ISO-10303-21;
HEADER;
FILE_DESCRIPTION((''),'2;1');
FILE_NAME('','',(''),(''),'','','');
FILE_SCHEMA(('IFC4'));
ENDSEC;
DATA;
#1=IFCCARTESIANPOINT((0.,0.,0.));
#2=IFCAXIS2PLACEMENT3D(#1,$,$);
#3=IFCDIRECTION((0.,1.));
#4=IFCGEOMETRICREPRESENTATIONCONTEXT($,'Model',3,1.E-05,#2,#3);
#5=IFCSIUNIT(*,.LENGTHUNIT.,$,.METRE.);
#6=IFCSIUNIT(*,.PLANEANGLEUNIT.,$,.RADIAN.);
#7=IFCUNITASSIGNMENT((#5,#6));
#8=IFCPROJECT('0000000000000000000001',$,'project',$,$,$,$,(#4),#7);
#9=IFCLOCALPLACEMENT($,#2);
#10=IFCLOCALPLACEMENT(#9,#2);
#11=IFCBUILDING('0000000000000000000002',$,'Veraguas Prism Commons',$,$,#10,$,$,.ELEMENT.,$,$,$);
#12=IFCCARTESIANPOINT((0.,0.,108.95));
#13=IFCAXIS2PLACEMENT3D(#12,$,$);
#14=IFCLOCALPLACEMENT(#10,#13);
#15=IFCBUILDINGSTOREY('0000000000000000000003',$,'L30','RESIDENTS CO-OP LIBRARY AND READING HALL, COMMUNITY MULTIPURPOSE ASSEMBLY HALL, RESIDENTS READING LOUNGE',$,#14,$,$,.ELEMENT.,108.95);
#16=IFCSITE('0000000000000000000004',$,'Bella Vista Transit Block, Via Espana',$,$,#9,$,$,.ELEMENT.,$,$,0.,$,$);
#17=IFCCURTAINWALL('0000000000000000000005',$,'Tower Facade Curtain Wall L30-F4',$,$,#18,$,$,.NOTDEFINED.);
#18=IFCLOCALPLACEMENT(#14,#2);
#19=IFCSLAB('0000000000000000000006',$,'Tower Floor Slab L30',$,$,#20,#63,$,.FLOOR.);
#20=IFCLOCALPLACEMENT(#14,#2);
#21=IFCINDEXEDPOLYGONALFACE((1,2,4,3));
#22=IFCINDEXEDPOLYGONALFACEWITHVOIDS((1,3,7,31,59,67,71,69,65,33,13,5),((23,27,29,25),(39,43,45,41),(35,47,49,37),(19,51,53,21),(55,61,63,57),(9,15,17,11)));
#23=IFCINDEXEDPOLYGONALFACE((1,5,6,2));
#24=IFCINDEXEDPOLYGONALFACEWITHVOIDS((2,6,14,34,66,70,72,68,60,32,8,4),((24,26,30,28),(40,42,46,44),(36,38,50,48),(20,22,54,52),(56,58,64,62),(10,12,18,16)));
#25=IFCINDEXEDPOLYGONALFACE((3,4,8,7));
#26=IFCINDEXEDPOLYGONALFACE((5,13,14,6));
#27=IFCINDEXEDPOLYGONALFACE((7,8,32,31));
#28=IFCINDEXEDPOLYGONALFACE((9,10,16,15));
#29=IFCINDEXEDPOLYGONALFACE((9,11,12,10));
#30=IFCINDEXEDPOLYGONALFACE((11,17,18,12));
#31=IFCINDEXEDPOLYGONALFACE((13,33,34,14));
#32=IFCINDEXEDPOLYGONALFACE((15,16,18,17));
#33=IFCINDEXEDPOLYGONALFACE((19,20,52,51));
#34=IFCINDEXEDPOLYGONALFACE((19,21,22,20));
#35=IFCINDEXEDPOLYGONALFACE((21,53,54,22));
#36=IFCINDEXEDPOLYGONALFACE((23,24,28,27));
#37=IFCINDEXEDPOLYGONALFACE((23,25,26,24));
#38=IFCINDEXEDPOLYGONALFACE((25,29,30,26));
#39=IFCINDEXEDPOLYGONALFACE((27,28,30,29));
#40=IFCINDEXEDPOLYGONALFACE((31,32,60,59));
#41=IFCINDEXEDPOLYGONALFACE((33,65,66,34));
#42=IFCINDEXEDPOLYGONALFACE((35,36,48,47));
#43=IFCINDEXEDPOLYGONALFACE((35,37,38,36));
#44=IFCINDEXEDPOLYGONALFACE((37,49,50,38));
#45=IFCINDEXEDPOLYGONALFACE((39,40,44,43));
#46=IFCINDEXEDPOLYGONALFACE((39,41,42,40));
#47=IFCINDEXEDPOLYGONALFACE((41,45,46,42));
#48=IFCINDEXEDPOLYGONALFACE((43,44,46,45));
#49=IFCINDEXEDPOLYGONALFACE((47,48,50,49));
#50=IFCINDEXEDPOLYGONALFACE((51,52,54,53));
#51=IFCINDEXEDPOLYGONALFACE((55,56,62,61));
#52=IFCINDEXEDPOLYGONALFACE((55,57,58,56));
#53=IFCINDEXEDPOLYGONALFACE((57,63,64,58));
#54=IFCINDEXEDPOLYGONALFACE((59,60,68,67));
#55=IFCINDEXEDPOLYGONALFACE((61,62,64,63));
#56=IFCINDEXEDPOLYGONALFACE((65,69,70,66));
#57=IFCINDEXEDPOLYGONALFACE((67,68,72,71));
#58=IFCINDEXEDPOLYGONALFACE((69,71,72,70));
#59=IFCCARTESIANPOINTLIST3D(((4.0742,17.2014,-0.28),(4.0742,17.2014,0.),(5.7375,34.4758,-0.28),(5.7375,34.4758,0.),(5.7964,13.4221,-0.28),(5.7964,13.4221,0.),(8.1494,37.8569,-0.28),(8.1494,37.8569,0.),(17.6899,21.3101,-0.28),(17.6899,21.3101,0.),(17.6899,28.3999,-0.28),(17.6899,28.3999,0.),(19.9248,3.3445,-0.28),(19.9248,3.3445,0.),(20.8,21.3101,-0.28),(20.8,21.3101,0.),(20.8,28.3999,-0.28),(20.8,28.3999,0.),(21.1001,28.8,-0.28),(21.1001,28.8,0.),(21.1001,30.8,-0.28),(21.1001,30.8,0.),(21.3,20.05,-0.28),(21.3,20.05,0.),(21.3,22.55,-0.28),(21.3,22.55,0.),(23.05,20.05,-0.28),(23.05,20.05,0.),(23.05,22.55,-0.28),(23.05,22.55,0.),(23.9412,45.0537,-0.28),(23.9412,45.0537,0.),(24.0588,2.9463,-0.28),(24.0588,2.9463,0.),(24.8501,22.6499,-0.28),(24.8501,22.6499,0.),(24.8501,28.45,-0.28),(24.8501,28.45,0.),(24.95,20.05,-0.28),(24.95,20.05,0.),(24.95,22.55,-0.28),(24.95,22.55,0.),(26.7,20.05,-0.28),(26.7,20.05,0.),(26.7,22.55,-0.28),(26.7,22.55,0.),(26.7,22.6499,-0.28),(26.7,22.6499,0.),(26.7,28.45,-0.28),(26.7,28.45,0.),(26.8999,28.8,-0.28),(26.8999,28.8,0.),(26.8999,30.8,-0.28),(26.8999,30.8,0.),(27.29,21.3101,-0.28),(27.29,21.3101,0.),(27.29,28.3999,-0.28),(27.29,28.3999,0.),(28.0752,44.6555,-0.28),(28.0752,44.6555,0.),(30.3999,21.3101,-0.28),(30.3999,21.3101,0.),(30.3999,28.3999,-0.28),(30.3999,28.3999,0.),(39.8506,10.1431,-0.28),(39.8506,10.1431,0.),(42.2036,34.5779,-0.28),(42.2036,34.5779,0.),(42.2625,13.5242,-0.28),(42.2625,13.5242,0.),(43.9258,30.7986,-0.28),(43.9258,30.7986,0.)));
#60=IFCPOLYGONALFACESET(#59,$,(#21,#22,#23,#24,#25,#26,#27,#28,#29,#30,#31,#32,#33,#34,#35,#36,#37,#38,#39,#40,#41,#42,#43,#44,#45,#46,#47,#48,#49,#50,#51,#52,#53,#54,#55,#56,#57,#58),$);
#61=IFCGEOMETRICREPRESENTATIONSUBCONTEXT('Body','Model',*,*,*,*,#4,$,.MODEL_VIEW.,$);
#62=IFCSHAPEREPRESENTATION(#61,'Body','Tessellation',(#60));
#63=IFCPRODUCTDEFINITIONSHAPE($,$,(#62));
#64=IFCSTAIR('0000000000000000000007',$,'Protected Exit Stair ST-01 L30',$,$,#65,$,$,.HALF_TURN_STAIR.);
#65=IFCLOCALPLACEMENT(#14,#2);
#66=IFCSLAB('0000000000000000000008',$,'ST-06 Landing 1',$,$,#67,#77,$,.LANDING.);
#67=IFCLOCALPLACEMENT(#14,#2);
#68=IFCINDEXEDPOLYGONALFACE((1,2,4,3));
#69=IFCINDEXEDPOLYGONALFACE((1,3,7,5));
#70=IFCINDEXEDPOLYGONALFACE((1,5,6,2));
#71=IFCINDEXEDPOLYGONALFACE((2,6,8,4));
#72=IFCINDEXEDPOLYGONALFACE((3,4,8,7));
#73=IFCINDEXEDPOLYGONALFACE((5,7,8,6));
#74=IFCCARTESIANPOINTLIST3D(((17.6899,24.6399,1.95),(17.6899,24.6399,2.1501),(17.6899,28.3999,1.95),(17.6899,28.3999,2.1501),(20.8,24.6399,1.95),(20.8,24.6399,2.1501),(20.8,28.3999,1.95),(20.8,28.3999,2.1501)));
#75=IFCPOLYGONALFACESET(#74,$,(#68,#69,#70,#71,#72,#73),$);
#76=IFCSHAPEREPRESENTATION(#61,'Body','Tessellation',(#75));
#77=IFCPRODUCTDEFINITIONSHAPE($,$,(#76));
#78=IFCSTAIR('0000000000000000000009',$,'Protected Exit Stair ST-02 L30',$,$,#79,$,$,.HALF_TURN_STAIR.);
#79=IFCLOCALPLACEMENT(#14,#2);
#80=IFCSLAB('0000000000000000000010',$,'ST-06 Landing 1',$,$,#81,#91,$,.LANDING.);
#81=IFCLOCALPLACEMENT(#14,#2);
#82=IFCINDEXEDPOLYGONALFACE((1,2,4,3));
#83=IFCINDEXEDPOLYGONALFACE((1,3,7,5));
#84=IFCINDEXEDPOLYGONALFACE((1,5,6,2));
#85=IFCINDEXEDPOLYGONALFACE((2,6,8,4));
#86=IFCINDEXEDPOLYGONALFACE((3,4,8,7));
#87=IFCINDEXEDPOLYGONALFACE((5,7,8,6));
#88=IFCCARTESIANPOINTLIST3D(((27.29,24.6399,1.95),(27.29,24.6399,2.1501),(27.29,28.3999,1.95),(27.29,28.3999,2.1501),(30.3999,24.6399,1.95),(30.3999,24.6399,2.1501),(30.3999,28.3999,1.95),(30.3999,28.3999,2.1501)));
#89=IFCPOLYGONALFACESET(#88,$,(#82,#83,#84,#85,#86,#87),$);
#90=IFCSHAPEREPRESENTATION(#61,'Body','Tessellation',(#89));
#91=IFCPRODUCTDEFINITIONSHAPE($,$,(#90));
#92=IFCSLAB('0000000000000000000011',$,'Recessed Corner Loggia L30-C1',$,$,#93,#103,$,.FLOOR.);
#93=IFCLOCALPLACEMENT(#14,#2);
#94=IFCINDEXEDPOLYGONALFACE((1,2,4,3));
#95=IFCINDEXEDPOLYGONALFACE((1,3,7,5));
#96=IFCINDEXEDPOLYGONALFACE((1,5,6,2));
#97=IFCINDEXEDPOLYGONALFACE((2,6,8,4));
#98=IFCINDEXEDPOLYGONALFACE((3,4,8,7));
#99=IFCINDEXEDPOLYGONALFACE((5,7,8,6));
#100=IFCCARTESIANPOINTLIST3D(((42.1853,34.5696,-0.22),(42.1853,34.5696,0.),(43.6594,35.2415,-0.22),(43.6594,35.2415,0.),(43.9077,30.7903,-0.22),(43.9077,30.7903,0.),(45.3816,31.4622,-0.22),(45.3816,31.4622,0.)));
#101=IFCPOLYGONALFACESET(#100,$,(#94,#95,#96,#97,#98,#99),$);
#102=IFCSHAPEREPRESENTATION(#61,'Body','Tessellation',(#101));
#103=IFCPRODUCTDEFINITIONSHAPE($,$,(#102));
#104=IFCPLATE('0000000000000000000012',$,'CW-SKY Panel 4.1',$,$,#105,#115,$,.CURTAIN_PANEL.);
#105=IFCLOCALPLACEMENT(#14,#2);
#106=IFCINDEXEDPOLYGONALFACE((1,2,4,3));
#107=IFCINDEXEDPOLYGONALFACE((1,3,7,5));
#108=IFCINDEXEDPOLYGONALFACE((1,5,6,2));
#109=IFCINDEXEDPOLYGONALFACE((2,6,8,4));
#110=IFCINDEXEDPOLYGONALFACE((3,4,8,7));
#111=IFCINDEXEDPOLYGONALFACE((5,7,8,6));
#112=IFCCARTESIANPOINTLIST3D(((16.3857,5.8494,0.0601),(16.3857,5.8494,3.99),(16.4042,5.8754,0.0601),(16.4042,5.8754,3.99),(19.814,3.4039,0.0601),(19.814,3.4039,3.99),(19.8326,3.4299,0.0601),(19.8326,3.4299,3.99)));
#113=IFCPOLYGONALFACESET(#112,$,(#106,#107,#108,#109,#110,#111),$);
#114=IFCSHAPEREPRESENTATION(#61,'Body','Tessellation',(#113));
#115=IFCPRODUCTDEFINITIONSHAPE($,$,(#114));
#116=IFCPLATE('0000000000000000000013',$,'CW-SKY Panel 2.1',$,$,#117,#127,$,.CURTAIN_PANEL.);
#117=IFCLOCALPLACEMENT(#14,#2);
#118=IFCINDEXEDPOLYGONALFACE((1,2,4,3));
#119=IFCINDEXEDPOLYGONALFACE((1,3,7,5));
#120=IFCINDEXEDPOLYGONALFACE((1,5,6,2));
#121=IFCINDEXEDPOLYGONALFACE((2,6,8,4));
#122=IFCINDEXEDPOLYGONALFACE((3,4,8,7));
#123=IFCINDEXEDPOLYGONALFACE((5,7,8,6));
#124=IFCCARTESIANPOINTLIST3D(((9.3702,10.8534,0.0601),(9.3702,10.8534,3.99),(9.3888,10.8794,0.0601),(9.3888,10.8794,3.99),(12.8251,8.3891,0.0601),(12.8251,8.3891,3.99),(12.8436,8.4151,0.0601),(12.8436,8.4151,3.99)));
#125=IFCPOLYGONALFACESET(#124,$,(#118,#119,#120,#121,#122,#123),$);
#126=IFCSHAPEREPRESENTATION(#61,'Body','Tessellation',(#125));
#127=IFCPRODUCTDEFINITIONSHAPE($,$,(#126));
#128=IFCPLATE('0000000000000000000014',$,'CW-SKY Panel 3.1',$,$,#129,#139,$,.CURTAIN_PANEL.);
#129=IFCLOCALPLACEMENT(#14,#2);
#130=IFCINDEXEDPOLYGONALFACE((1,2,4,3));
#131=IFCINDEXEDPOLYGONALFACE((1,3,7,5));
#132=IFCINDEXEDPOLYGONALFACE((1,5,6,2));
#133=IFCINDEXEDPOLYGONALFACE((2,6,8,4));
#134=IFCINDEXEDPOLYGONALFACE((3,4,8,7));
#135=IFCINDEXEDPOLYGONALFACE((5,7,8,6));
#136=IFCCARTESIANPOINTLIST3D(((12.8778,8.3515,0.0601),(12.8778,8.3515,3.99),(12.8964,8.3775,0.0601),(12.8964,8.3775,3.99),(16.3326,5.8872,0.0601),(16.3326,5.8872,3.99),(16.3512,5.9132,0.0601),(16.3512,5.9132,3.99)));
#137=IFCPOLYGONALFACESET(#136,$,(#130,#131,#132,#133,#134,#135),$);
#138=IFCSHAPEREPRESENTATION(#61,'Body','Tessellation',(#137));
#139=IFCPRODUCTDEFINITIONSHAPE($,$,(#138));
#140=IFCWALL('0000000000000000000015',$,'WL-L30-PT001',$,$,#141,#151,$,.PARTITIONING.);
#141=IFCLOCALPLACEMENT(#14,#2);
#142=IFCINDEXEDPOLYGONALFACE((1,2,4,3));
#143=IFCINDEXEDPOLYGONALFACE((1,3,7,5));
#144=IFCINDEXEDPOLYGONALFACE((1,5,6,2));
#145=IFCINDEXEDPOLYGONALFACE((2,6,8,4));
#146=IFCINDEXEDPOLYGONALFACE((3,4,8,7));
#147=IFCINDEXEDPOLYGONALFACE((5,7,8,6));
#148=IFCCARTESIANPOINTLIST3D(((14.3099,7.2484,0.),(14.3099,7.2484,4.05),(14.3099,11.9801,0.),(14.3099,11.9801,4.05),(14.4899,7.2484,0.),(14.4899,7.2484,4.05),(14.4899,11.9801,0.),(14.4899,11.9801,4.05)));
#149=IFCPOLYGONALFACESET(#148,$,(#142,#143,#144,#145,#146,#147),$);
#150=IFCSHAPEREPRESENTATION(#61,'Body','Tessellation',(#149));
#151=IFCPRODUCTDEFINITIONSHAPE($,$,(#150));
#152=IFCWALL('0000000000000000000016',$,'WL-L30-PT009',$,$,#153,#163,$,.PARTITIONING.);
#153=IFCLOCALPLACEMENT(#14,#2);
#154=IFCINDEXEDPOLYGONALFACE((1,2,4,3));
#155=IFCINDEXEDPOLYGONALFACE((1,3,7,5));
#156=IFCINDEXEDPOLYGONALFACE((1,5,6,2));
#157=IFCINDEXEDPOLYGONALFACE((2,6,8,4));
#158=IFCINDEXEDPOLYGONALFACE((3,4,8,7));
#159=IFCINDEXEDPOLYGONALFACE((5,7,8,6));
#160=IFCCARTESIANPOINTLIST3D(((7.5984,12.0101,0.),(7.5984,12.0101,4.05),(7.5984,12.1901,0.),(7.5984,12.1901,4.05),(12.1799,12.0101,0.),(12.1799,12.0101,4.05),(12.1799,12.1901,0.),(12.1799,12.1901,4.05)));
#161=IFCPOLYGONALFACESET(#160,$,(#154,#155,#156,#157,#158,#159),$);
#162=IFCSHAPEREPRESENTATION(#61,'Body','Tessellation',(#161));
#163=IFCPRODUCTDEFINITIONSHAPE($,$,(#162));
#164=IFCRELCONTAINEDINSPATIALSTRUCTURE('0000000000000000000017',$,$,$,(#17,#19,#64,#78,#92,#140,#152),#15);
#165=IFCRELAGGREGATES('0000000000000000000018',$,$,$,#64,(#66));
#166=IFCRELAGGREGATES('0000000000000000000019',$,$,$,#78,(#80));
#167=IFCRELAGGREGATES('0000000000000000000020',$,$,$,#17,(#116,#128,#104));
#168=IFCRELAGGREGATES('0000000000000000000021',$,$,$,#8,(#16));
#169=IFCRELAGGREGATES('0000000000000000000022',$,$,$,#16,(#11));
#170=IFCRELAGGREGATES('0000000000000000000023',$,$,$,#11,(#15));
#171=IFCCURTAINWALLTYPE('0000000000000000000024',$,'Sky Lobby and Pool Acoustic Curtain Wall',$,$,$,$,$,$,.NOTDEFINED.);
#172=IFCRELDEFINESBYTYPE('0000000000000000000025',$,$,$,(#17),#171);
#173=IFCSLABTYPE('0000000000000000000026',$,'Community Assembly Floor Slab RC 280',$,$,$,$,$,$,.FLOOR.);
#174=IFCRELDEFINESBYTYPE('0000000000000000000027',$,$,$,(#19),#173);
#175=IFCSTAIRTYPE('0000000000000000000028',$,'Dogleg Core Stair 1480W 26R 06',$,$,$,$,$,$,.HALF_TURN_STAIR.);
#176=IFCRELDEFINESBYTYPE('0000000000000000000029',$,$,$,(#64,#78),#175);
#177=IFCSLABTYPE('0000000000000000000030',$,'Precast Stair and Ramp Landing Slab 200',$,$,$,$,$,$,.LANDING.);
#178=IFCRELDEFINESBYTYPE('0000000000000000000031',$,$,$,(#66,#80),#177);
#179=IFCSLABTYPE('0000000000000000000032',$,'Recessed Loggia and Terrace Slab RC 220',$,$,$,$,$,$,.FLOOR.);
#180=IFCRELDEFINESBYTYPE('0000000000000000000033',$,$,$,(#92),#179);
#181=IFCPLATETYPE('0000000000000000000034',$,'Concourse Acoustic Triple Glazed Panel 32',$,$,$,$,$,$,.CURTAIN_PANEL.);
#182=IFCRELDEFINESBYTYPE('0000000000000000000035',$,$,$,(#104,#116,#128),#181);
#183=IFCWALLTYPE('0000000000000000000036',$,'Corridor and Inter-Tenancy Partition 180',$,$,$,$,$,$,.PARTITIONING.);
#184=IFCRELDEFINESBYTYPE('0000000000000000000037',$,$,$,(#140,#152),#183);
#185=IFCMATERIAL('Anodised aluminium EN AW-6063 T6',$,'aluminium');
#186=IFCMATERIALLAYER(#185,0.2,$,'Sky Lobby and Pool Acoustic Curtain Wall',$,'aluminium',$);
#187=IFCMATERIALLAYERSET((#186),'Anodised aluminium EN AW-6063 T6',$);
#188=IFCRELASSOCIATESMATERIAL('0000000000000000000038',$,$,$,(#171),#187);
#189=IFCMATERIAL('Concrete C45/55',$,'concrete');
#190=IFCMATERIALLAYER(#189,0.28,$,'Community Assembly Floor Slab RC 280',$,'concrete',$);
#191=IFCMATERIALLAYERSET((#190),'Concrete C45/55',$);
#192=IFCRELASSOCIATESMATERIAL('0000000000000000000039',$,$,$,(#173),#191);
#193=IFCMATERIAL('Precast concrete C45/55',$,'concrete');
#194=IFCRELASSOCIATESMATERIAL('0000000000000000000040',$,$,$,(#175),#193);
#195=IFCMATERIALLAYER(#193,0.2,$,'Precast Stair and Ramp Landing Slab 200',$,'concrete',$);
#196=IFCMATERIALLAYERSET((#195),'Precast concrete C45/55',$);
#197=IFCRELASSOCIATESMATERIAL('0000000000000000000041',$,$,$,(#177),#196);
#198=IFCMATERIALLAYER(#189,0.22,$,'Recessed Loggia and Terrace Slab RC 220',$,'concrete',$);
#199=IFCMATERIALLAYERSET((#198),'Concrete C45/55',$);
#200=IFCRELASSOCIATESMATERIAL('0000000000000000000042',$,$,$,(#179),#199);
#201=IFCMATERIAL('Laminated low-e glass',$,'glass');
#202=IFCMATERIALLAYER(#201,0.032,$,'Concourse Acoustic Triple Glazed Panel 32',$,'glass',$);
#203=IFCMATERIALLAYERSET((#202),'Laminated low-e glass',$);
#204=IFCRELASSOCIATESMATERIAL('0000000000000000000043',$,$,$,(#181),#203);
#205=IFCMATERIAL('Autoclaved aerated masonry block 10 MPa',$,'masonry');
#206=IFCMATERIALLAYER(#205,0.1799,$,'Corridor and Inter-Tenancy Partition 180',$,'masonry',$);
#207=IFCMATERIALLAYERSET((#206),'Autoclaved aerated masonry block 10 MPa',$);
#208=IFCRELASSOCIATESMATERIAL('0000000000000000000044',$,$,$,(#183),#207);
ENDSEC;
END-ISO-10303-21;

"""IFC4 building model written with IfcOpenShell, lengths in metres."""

from ifc_helpers import new_model, si_unit, direction, frame, frame_2d, origin, origin_2d, place, context, subcontext, project, spatial, polyline, rectangle, outline, extrude, source, transform, mapped, material, layer, layer_set, type_object, element, aggregate, save


model = new_model("IFC4")

# Units and contexts
model_context = context("Model", 3, precision=1e-05, world=origin(), true_north=direction((0.0, 1.0)))
body_context = subcontext(model_context, "Body", "Model", "MODEL_VIEW")
ifc_project = project(units=[si_unit("LENGTHUNIT", "METRE"), si_unit("PLANEANGLEUNIT", "RADIAN")], contexts=[model_context])

# Site, building, storey
site_placement = place(None, origin())
site = spatial("IfcSite", under=ifc_project, at=site_placement, Name="Bella Vista Transit Block, Via Espana", CompositionType="ELEMENT", RefElevation=0.0)
building_placement = place(site_placement, origin())
building = spatial("IfcBuilding", under=site, at=building_placement, Name="Veraguas Prism Commons", CompositionType="ELEMENT")
storey_placement = place(building_placement, frame((0.0, 0.0, 108.95)))
storey = spatial("IfcBuildingStorey", under=building, at=storey_placement, Name="L30", Description="RESIDENTS CO-OP LIBRARY AND READING HALL, COMMUNITY MULTIPURPOSE ASSEMBLY HALL, RESIDENTS READING LOUNGE", CompositionType="ELEMENT", Elevation=108.95)

# Curtain wall
ifc_material_1 = material(Name="Anodised aluminium EN AW-6063 T6", Category="aluminium")
ifc_layer_1 = layer(ifc_material_1, 0.2, Name="Sky Lobby and Pool Acoustic Curtain Wall", Category="aluminium")
ifc_layer_set_1 = layer_set([ifc_layer_1], Name="Anodised aluminium EN AW-6063 T6")
curtain_wall_type = type_object("IfcCurtainWallType", Name="Sky Lobby and Pool Acoustic Curtain Wall", PredefinedType="NOTDEFINED", material=ifc_layer_set_1)
curtain_wall_1_placement = place(storey_placement, origin())
curtain_wall_1 = element("IfcCurtainWall", 1, at=curtain_wall_1_placement, inside=storey, type_object=curtain_wall_type, Name="Tower Facade Curtain Wall L30-F4", PredefinedType="NOTDEFINED")

# Slab
ifc_material_2 = material(Name="Concrete C45/55", Category="concrete")
ifc_layer_2 = layer(ifc_material_2, 0.28, Name="Community Assembly Floor Slab RC 280", Category="concrete")
ifc_layer_set_2 = layer_set([ifc_layer_2], Name="Concrete C45/55")
slab_type_1 = type_object("IfcSlabType", Name="Community Assembly Floor Slab RC 280", PredefinedType="FLOOR", material=ifc_layer_set_2)
slab_1_placement = place(storey_placement, frame((0.0, 0.0, -0.28)))
element("IfcSlab", 2, at=slab_1_placement, inside=storey, type_object=slab_type_1, Name="Tower Floor Slab L30", PredefinedType="FLOOR", context=body_context, shape_type="SweptSolid", body=[
    extrude(outline(polyline([(43.9258, 30.7986), (42.2036, 34.5779), (28.0752, 44.6555), (23.9412, 45.0537), (8.1494, 37.8569), (5.7375, 34.4758), (4.0742, 17.2014), (5.7964, 13.4221), (19.9248, 3.3445), (24.0588, 2.9463), (39.8506, 10.1431), (42.2625, 13.5242), (43.9258, 30.7986)]), holes=[polyline([(20.8, 21.3101), (20.8, 28.3999), (17.6899, 28.3999), (17.6899, 21.3101), (20.8, 21.3101)]), polyline([(30.3999, 21.3101), (30.3999, 28.3999), (27.29, 28.3999), (27.29, 21.3101), (30.3999, 21.3101)]), polyline([(24.8501, 22.6499), (26.7, 22.6499), (26.7, 28.45), (24.8501, 28.45), (24.8501, 22.6499)]), polyline([(21.1001, 28.8), (26.8999, 28.8), (26.8999, 30.8), (21.1001, 30.8), (21.1001, 28.8)]), polyline([(21.3, 20.05), (23.05, 20.05), (23.05, 22.55), (21.3, 22.55), (21.3, 20.05)]), polyline([(24.95, 20.05), (26.7, 20.05), (26.7, 22.55), (24.95, 22.55), (24.95, 20.05)])]), origin(), (0.0, 0.0, 1.0), 0.28),
])

# Stairs, slabs
ifc_material_3 = material(Name="Precast concrete C45/55", Category="concrete")
stair_type = type_object("IfcStairType", Name="Dogleg Core Stair 1480W 26R 06", PredefinedType="HALF_TURN_STAIR", material=ifc_material_3)
stair_1_placement = place(storey_placement, origin())
stair_1 = element("IfcStair", 3, at=stair_1_placement, inside=storey, type_object=stair_type, Name="Protected Exit Stair ST-01 L30", PredefinedType="HALF_TURN_STAIR")
ifc_layer_3 = layer(ifc_material_3, 0.2, Name="Precast Stair and Ramp Landing Slab 200", Category="concrete")
ifc_layer_set_3 = layer_set([ifc_layer_3], Name="Precast concrete C45/55")
slab_type_2 = type_object("IfcSlabType", Name="Precast Stair and Ramp Landing Slab 200", PredefinedType="LANDING", material=ifc_layer_set_3)
slab_2_placement = place(storey_placement, frame((0.0, 0.0, 1.95)))
slab_2 = element("IfcSlab", 4, at=slab_2_placement, type_object=slab_type_2, Name="ST-06 Landing 1", PredefinedType="LANDING", context=body_context, shape_type="SweptSolid", body=[
    extrude(outline(polyline([(20.8, 24.6399), (20.8, 28.3999), (17.6899, 28.3999), (17.6899, 24.6399), (20.8, 24.6399)])), origin(), (0.0, 0.0, 1.0), 0.2002),
])
aggregate(stair_1, [slab_2])
stair_2_placement = place(storey_placement, origin())
stair_2 = element("IfcStair", 5, at=stair_2_placement, inside=storey, type_object=stair_type, Name="Protected Exit Stair ST-02 L30", PredefinedType="HALF_TURN_STAIR")
slab_3_placement = place(storey_placement, frame((0.0, 0.0, 1.95)))
slab_3 = element("IfcSlab", 6, at=slab_3_placement, type_object=slab_type_2, Name="ST-06 Landing 1", PredefinedType="LANDING", context=body_context, shape_type="SweptSolid", body=[
    extrude(outline(polyline([(30.3999, 24.6399), (30.3999, 28.3999), (27.29, 28.3999), (27.29, 24.6399), (30.3999, 24.6399)])), origin(), (0.0, 0.0, 1.0), 0.2002),
])
aggregate(stair_2, [slab_3])

# Slab
ifc_layer_4 = layer(ifc_material_2, 0.22, Name="Recessed Loggia and Terrace Slab RC 220", Category="concrete")
ifc_layer_set_4 = layer_set([ifc_layer_4], Name="Concrete C45/55")
slab_type_3 = type_object("IfcSlabType", Name="Recessed Loggia and Terrace Slab RC 220", PredefinedType="FLOOR", material=ifc_layer_set_4)
slab_4_placement = place(storey_placement, frame((0.0, 0.0, -0.22)))
element("IfcSlab", 7, at=slab_4_placement, inside=storey, type_object=slab_type_3, Name="Recessed Corner Loggia L30-C1", PredefinedType="FLOOR", context=body_context, shape_type="SweptSolid", body=[
    extrude(outline(polyline([(43.9077, 30.7903), (45.3816, 31.4622), (43.6594, 35.2415), (42.1853, 34.5696), (43.9077, 30.7903)])), origin(), (0.0, 0.0, 1.0), 0.22),
])

# Plates
ifc_material_4 = material(Name="Laminated low-e glass", Category="glass")
ifc_layer_5 = layer(ifc_material_4, 0.032, Name="Concourse Acoustic Triple Glazed Panel 32", Category="glass")
ifc_layer_set_5 = layer_set([ifc_layer_5], Name="Laminated low-e glass")
plate_type = type_object("IfcPlateType", Name="Concourse Acoustic Triple Glazed Panel 32", PredefinedType="CURTAIN_PANEL", material=ifc_layer_set_5)
shared_shape_1 = source(origin(), body_context, "Body", "SweptSolid", [
    extrude(rectangle(XDim=4.2112, YDim=0.032, at=origin_2d()), origin(), (0.0, 0.0, 1.0), 3.9299),
])
plate_1_placement = place(storey_placement, frame((18.1091, 4.6396, 0.0601), z_axis=(0.0, 0.0, 1.0), x_axis=(0.814115, -0.580704, 0.0)))
plate_1 = element("IfcPlate", 8, at=plate_1_placement, type_object=plate_type, Name="CW-SKY Panel 4.1", PredefinedType="CURTAIN_PANEL", context=body_context, shape_type="MappedRepresentation", body=[
    mapped(shared_shape_1, transform((0.0, 0.0, 0.0), scale=1.0)),
])
shared_shape_2 = source(origin(), body_context, "Body", "SweptSolid", [
    extrude(rectangle(XDim=4.2437, YDim=0.032, at=origin_2d()), origin(), (0.0, 0.0, 1.0), 3.9299),
])
plate_2_placement = place(storey_placement, frame((11.1069, 9.6343, 0.0601), z_axis=(0.0, 0.0, 1.0), x_axis=(0.814115, -0.580704, 0.0)))
plate_2 = element("IfcPlate", 9, at=plate_2_placement, type_object=plate_type, Name="CW-SKY Panel 2.1", PredefinedType="CURTAIN_PANEL", context=body_context, shape_type="MappedRepresentation", body=[
    mapped(shared_shape_2, transform((0.0, 0.0, 0.0), scale=1.0)),
])
plate_3_placement = place(storey_placement, frame((14.6145, 7.1323, 0.0601), z_axis=(0.0, 0.0, 1.0), x_axis=(0.814115, -0.580704, 0.0)))
plate_3 = element("IfcPlate", 10, at=plate_3_placement, type_object=plate_type, Name="CW-SKY Panel 3.1", PredefinedType="CURTAIN_PANEL", context=body_context, shape_type="MappedRepresentation", body=[
    mapped(shared_shape_2, transform((0.0, 0.0, 0.0), scale=1.0)),
])
aggregate(curtain_wall_1, [plate_2, plate_3, plate_1])

# Walls
ifc_material_5 = material(Name="Autoclaved aerated masonry block 10 MPa", Category="masonry")
ifc_layer_6 = layer(ifc_material_5, 0.1799, Name="Corridor and Inter-Tenancy Partition 180", Category="masonry")
ifc_layer_set_6 = layer_set([ifc_layer_6], Name="Autoclaved aerated masonry block 10 MPa")
wall_type = type_object("IfcWallType", Name="Corridor and Inter-Tenancy Partition 180", PredefinedType="PARTITIONING", material=ifc_layer_set_6)
wall_1_placement = place(storey_placement, frame((14.3999, 11.98, 0.0), z_axis=(0.0, 0.0, 1.0), x_axis=(0.0, -1.0, 0.0)))
element("IfcWall", 11, at=wall_1_placement, inside=storey, type_object=wall_type, Name="WL-L30-PT001", PredefinedType="PARTITIONING", context=body_context, shape_type="SweptSolid", body=[
    extrude(rectangle(XDim=4.7317, YDim=0.1799, at=frame_2d((2.3657, 0.0))), origin(), (0.0, 0.0, 1.0), 4.05),
])
wall_2_placement = place(storey_placement, frame((12.1799, 12.1001, 0.0), z_axis=(0.0, 0.0, 1.0), x_axis=(-1.0, 0.0, 0.0)))
element("IfcWall", 12, at=wall_2_placement, inside=storey, type_object=wall_type, Name="WL-L30-PT009", PredefinedType="PARTITIONING", context=body_context, shape_type="SweptSolid", body=[
    extrude(rectangle(XDim=4.5815, YDim=0.1799, at=frame_2d((2.2908, 0.0))), origin(), (0.0, 0.0, 1.0), 4.05),
])

save(model, "model.ifc")
